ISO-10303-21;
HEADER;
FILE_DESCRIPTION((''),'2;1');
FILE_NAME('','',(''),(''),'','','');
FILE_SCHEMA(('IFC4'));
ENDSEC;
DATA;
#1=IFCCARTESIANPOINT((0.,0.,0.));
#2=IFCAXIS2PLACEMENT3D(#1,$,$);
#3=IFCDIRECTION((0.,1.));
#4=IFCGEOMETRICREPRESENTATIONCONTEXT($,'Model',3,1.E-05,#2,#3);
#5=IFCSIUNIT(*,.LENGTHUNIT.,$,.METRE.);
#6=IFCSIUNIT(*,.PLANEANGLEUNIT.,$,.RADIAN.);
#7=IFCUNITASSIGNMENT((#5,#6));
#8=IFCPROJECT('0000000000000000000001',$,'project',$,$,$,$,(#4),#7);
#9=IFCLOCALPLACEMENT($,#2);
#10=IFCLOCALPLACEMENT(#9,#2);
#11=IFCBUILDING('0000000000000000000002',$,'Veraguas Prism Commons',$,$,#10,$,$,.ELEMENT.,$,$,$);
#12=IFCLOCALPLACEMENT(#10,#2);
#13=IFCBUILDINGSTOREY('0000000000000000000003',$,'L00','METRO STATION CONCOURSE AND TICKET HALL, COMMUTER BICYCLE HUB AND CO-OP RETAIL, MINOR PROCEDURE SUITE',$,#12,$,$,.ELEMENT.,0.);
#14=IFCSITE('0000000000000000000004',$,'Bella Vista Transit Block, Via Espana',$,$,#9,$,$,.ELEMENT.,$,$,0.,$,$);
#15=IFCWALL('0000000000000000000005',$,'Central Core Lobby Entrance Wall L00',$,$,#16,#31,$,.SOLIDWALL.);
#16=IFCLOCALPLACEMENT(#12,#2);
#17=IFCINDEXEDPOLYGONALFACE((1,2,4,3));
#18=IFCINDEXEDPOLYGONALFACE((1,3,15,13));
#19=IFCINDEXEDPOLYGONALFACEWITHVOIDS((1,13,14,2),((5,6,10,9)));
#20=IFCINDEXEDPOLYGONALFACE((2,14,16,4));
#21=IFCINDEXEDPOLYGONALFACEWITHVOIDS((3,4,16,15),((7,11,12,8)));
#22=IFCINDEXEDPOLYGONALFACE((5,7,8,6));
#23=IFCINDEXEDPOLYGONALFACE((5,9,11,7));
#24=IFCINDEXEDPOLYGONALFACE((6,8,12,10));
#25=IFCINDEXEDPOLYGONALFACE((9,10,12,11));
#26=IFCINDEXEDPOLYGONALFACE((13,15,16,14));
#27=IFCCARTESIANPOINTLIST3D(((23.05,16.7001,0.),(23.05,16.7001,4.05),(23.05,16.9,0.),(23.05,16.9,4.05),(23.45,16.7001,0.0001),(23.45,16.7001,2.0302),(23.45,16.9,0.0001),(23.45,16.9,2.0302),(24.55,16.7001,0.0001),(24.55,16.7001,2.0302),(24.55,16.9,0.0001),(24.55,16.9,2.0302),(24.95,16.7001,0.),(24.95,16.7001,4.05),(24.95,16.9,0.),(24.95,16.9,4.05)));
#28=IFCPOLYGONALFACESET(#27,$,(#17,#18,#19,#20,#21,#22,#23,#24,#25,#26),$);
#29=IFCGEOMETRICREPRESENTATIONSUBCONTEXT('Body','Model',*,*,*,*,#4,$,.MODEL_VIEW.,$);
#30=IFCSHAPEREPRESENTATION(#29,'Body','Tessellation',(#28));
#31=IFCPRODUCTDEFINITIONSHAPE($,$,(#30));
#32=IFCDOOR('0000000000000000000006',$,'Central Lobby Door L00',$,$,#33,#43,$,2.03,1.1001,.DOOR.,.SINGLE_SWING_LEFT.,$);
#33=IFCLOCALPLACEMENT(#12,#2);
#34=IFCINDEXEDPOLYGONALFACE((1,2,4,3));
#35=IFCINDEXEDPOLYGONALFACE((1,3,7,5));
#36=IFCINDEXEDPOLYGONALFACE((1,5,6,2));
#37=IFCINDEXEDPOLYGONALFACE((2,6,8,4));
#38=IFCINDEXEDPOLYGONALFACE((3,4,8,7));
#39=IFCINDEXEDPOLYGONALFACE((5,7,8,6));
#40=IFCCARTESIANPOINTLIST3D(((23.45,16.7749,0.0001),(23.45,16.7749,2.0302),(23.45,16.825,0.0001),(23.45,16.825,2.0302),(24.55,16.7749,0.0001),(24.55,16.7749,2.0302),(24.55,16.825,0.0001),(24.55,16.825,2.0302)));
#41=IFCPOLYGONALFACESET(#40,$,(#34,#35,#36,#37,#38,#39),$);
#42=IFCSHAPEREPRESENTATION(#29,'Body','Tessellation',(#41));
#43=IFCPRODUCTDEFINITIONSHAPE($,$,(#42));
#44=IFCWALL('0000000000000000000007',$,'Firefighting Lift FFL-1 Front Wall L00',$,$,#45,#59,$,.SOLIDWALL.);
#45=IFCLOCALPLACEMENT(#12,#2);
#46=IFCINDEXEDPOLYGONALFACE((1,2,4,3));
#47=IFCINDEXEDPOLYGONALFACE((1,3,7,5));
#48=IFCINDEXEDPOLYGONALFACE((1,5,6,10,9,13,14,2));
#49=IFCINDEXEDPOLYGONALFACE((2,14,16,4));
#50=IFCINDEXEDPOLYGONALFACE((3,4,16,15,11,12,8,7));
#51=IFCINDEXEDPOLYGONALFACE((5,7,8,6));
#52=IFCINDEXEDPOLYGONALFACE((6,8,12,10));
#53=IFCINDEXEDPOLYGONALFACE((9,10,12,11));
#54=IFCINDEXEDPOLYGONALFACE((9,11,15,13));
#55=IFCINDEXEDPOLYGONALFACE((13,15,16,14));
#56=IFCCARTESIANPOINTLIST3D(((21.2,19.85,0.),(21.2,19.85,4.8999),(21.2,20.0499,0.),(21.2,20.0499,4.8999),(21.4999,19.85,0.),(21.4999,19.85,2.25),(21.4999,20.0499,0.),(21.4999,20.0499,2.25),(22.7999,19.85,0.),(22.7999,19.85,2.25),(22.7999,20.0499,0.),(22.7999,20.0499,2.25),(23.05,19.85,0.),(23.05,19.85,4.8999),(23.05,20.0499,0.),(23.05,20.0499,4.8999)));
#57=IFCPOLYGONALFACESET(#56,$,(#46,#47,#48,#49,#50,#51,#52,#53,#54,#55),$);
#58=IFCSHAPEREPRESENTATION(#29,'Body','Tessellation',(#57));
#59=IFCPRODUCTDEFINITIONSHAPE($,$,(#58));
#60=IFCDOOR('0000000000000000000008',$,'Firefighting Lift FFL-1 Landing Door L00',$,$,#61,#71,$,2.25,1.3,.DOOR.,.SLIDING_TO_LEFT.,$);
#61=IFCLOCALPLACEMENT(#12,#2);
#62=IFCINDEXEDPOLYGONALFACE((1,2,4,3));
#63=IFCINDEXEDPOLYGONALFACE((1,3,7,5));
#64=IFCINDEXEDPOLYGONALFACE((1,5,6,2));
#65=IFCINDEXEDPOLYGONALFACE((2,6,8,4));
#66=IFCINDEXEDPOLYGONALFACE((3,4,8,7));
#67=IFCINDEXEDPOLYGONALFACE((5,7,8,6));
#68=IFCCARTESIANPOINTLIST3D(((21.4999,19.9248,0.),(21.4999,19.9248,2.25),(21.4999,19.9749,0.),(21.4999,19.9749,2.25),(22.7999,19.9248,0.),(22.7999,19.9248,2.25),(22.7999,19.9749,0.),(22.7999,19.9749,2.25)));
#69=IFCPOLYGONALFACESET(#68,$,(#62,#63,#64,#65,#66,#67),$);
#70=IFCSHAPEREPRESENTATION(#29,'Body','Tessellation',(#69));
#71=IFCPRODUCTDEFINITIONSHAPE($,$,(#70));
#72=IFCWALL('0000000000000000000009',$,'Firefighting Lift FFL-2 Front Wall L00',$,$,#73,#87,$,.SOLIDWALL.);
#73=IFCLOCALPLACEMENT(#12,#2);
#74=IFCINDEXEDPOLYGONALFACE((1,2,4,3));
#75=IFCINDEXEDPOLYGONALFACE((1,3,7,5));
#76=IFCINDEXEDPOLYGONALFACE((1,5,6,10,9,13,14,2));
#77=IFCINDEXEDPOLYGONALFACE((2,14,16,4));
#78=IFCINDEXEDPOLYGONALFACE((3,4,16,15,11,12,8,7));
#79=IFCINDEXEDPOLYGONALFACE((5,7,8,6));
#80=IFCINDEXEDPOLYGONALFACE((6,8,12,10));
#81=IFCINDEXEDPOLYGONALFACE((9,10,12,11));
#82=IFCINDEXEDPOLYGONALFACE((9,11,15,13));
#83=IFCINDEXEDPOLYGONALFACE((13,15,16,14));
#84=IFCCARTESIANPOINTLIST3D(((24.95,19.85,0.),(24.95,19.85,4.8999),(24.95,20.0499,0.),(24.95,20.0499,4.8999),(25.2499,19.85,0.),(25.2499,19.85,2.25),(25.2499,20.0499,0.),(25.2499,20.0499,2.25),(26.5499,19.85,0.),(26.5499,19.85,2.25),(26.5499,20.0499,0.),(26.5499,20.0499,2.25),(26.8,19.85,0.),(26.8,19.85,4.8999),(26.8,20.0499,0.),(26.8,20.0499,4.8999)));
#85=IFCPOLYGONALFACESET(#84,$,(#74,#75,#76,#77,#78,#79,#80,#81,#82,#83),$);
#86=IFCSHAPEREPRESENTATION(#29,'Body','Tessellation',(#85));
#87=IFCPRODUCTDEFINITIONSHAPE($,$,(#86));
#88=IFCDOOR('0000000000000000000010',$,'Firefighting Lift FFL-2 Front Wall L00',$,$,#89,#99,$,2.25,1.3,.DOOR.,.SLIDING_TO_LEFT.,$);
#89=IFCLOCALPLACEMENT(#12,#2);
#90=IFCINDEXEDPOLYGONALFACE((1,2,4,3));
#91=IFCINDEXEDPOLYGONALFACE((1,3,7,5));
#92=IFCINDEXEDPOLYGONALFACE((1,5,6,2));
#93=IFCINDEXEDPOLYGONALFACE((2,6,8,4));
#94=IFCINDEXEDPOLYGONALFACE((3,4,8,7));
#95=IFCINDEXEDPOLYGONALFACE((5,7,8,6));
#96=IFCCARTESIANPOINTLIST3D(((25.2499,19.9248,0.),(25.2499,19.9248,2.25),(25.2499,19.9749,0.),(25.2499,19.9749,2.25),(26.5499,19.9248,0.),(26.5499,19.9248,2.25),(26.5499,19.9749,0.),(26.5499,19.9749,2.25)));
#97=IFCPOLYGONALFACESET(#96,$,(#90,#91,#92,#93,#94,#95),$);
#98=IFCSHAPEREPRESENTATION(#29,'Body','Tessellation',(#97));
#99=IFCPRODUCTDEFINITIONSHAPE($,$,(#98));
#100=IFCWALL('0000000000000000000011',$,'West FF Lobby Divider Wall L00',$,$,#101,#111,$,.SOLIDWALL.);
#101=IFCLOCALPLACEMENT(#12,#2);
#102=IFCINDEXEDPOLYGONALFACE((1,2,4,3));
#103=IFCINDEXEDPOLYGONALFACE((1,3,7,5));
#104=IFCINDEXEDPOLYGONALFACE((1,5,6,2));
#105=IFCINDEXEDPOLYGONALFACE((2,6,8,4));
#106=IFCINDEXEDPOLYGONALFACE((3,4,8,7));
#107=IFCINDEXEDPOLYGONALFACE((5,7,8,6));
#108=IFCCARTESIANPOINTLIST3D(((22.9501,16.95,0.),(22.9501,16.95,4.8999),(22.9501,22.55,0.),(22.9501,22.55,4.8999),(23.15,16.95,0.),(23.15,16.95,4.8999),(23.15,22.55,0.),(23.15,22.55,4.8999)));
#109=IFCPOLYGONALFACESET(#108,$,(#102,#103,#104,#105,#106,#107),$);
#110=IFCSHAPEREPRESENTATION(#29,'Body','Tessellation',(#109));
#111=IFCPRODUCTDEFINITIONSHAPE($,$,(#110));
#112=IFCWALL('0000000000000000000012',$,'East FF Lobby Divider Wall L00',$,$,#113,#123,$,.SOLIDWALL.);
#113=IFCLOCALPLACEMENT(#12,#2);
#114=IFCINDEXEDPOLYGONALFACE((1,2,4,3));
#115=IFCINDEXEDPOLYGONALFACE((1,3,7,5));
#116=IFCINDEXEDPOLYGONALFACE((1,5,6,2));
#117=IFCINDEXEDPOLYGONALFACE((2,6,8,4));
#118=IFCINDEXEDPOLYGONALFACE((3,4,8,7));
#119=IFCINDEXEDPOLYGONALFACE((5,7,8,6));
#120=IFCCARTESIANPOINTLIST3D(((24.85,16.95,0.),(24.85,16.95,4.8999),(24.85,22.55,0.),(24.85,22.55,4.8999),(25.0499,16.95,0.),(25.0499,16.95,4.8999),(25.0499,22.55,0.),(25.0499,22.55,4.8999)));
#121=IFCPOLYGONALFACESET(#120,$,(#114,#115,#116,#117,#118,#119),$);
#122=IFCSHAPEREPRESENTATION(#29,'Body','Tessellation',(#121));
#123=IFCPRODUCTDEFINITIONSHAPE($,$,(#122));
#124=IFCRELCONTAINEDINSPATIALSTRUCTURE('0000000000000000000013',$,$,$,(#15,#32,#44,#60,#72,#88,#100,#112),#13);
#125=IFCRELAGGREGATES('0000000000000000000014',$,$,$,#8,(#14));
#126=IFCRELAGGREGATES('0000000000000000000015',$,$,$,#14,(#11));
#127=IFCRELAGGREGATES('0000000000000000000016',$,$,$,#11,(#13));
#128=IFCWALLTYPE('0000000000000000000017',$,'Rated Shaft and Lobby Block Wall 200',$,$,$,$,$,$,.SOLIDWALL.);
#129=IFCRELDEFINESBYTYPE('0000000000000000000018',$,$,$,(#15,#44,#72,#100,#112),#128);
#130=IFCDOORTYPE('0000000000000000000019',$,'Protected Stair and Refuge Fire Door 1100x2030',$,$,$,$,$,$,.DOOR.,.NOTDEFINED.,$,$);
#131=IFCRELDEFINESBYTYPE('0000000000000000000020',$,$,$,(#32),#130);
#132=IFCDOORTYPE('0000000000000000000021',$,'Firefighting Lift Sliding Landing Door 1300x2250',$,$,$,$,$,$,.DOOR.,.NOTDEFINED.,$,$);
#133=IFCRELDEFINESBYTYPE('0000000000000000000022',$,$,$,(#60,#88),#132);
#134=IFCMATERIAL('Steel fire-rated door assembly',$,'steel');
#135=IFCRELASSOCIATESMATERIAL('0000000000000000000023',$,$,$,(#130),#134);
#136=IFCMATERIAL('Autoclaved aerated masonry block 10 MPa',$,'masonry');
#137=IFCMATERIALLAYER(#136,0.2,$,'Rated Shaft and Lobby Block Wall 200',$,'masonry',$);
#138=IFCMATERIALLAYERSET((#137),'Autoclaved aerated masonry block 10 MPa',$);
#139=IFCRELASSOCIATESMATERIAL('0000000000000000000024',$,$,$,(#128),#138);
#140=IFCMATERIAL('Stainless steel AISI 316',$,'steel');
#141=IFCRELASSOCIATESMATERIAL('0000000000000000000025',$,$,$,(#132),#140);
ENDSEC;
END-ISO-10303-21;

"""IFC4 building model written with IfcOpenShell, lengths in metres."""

from ifc_helpers import new_model, si_unit, direction, frame, frame_2d, origin, place, context, subcontext, project, spatial, rectangle, extrude, source, transform, mapped, material, layer, layer_set, type_object, element, fill, save


model = new_model("IFC4")

# Units and contexts
model_context = context("Model", 3, precision=1e-05, world=origin(), true_north=direction((0.0, 1.0)))
body_context = subcontext(model_context, "Body", "Model", "MODEL_VIEW")
ifc_project = project(units=[si_unit("LENGTHUNIT", "METRE"), si_unit("PLANEANGLEUNIT", "RADIAN")], contexts=[model_context])

# Site, building, storey
site_placement = place(None, origin())
site = spatial("IfcSite", under=ifc_project, at=site_placement, Name="Bella Vista Transit Block, Via Espana", CompositionType="ELEMENT", RefElevation=0.0)
building_placement = place(site_placement, origin())
building = spatial("IfcBuilding", under=site, at=building_placement, Name="Veraguas Prism Commons", CompositionType="ELEMENT")
storey_placement = place(building_placement, origin())
storey = spatial("IfcBuildingStorey", under=building, at=storey_placement, Name="L00", Description="METRO STATION CONCOURSE AND TICKET HALL, COMMUTER BICYCLE HUB AND CO-OP RETAIL, MINOR PROCEDURE SUITE", CompositionType="ELEMENT", Elevation=0.0)

# Shared definitions
ifc_material_1 = material(Name="Steel fire-rated door assembly", Category="steel")
door_type_1 = type_object("IfcDoorType", Name="Protected Stair and Refuge Fire Door 1100x2030", OperationType="NOTDEFINED", PredefinedType="DOOR", material=ifc_material_1)
shared_shape_1 = source(origin(), body_context, "Body", "SweptSolid", [
    extrude(rectangle(XDim=1.1001, YDim=2.03, at=frame_2d((0.55, 1.0151))), frame((0.0, 0.0249, 0.0), z_axis=(0.0, -1.0, 0.0), x_axis=(1.0, 0.0, 0.0)), (0.0, 0.0, 1.0), 0.05),
])

# Walls, openings, doors
ifc_material_2 = material(Name="Autoclaved aerated masonry block 10 MPa", Category="masonry")
ifc_layer_1 = layer(ifc_material_2, 0.2, Name="Rated Shaft and Lobby Block Wall 200", Category="masonry")
ifc_layer_set_1 = layer_set([ifc_layer_1], Name="Autoclaved aerated masonry block 10 MPa")
wall_type_1 = type_object("IfcWallType", Name="Rated Shaft and Lobby Block Wall 200", PredefinedType="SOLIDWALL", material=ifc_layer_set_1)
wall_1_placement = place(storey_placement, frame((23.05, 16.8, 0.0), z_axis=(0.0, 0.0, 1.0), x_axis=(1.0, 0.0, 0.0)))
wall_1 = element("IfcWall", 1, at=wall_1_placement, inside=storey, type_object=wall_type_1, Name="Central Core Lobby Entrance Wall L00", PredefinedType="SOLIDWALL", context=body_context, shape_type="SweptSolid", body=[
    extrude(rectangle(XDim=1.8999, YDim=0.2, at=frame_2d((0.95, 0.0))), origin(), (0.0, 0.0, 1.0), 4.05),
])
opening_1_placement = place(wall_1_placement, frame((0.3999, 0.0, 0.0)))
opening_1 = element("IfcOpeningElement", 2, at=opening_1_placement, cuts=wall_1, PredefinedType="OPENING", context=body_context, shape_type="SweptSolid", body=[
    extrude(rectangle(XDim=1.1001, YDim=2.03, at=frame_2d((0.55, 1.0151))), frame((0.0, 0.1099, 0.0), z_axis=(0.0, -1.0, 0.0), x_axis=(1.0, 0.0, 0.0)), (0.0, 0.0, 1.0), 0.22),
])
door_1_placement = place(opening_1_placement, origin())
door_1 = element("IfcDoor", 3, at=door_1_placement, inside=storey, type_object=door_type_1, Name="Central Lobby Door L00", OperationType="SINGLE_SWING_LEFT", OverallHeight=2.03, OverallWidth=1.1001, PredefinedType="DOOR", context=body_context, shape_type="MappedRepresentation", body=[
    mapped(shared_shape_1, transform((0.0, 0.0, 0.0), scale=1.0)),
])
fill(opening_1, door_1)
wall_2_placement = place(storey_placement, frame((21.2, 19.95, 0.0), z_axis=(0.0, 0.0, 1.0), x_axis=(1.0, 0.0, 0.0)))
wall_2 = element("IfcWall", 4, at=wall_2_placement, inside=storey, type_object=wall_type_1, Name="Firefighting Lift FFL-1 Front Wall L00", PredefinedType="SOLIDWALL", context=body_context, shape_type="SweptSolid", body=[
    extrude(rectangle(XDim=1.8501, YDim=0.2, at=frame_2d((0.925, 0.0))), origin(), (0.0, 0.0, 1.0), 4.8999),
])
opening_2_placement = place(wall_2_placement, frame((0.3, 0.0, 0.0)))
opening_2 = element("IfcOpeningElement", 5, at=opening_2_placement, cuts=wall_2, PredefinedType="OPENING", context=body_context, shape_type="SweptSolid", body=[
    extrude(rectangle(XDim=1.3, YDim=2.25, at=frame_2d((0.6499, 1.125))), frame((0.0, 0.1099, 0.0), z_axis=(0.0, -1.0, 0.0), x_axis=(1.0, 0.0, 0.0)), (0.0, 0.0, 1.0), 0.22),
])
ifc_material_3 = material(Name="Stainless steel AISI 316", Category="steel")
door_type_2 = type_object("IfcDoorType", Name="Firefighting Lift Sliding Landing Door 1300x2250", OperationType="NOTDEFINED", PredefinedType="DOOR", material=ifc_material_3)
shared_shape_2 = source(origin(), body_context, "Body", "SweptSolid", [
    extrude(rectangle(XDim=1.3, YDim=2.25, at=frame_2d((0.6499, 1.125))), frame((0.0, 0.0249, 0.0), z_axis=(0.0, -1.0, 0.0), x_axis=(1.0, 0.0, 0.0)), (0.0, 0.0, 1.0), 0.05),
])
door_2_placement = place(opening_2_placement, origin())
door_2 = element("IfcDoor", 6, at=door_2_placement, inside=storey, type_object=door_type_2, Name="Firefighting Lift FFL-1 Landing Door L00", OperationType="SLIDING_TO_LEFT", OverallHeight=2.25, OverallWidth=1.3, PredefinedType="DOOR", context=body_context, shape_type="MappedRepresentation", body=[
    mapped(shared_shape_2, transform((0.0, 0.0, 0.0), scale=1.0)),
])
fill(opening_2, door_2)
wall_3_placement = place(storey_placement, frame((24.95, 19.95, 0.0), z_axis=(0.0, 0.0, 1.0), x_axis=(1.0, 0.0, 0.0)))
wall_3 = element("IfcWall", 7, at=wall_3_placement, inside=storey, type_object=wall_type_1, Name="Firefighting Lift FFL-2 Front Wall L00", PredefinedType="SOLIDWALL", context=body_context, shape_type="SweptSolid", body=[
    extrude(rectangle(XDim=1.8501, YDim=0.2, at=frame_2d((0.925, 0.0))), origin(), (0.0, 0.0, 1.0), 4.8999),
])
opening_3_placement = place(wall_3_placement, frame((0.3, 0.0, 0.0)))
opening_3 = element("IfcOpeningElement", 8, at=opening_3_placement, cuts=wall_3, PredefinedType="OPENING", context=body_context, shape_type="SweptSolid", body=[
    extrude(rectangle(XDim=1.3, YDim=2.25, at=frame_2d((0.6499, 1.125))), frame((0.0, 0.1099, 0.0), z_axis=(0.0, -1.0, 0.0), x_axis=(1.0, 0.0, 0.0)), (0.0, 0.0, 1.0), 0.22),
])
door_3_placement = place(opening_3_placement, origin())
door_3 = element("IfcDoor", 9, at=door_3_placement, inside=storey, type_object=door_type_2, Name="Firefighting Lift FFL-2 Front Wall L00", OperationType="SLIDING_TO_LEFT", OverallHeight=2.25, OverallWidth=1.3, PredefinedType="DOOR", context=body_context, shape_type="MappedRepresentation", body=[
    mapped(shared_shape_2, transform((0.0, 0.0, 0.0), scale=1.0)),
])
fill(opening_3, door_3)

# Walls
for number, where, z_axis, x_axis, name in (
    (10, (23.05, 16.95, 0.0), (0.0, 0.0, 1.0), (0.0, 1.0, 0.0), "West FF Lobby Divider Wall L00"),
    (11, (24.95, 16.95, 0.0), (0.0, 0.0, 1.0), (0.0, 1.0, 0.0), "East FF Lobby Divider Wall L00"),
):
    element("IfcWall", number, at=place(storey_placement, frame(where, z_axis=z_axis, x_axis=x_axis)), inside=storey, type_object=wall_type_1, Name=name, PredefinedType="SOLIDWALL", context=body_context, shape_type="SweptSolid", body=[
        extrude(rectangle(XDim=5.6001, YDim=0.2, at=frame_2d((2.8, 0.0))), origin(), (0.0, 0.0, 1.0), 4.8999),
    ])

save(model, "model.ifc")
